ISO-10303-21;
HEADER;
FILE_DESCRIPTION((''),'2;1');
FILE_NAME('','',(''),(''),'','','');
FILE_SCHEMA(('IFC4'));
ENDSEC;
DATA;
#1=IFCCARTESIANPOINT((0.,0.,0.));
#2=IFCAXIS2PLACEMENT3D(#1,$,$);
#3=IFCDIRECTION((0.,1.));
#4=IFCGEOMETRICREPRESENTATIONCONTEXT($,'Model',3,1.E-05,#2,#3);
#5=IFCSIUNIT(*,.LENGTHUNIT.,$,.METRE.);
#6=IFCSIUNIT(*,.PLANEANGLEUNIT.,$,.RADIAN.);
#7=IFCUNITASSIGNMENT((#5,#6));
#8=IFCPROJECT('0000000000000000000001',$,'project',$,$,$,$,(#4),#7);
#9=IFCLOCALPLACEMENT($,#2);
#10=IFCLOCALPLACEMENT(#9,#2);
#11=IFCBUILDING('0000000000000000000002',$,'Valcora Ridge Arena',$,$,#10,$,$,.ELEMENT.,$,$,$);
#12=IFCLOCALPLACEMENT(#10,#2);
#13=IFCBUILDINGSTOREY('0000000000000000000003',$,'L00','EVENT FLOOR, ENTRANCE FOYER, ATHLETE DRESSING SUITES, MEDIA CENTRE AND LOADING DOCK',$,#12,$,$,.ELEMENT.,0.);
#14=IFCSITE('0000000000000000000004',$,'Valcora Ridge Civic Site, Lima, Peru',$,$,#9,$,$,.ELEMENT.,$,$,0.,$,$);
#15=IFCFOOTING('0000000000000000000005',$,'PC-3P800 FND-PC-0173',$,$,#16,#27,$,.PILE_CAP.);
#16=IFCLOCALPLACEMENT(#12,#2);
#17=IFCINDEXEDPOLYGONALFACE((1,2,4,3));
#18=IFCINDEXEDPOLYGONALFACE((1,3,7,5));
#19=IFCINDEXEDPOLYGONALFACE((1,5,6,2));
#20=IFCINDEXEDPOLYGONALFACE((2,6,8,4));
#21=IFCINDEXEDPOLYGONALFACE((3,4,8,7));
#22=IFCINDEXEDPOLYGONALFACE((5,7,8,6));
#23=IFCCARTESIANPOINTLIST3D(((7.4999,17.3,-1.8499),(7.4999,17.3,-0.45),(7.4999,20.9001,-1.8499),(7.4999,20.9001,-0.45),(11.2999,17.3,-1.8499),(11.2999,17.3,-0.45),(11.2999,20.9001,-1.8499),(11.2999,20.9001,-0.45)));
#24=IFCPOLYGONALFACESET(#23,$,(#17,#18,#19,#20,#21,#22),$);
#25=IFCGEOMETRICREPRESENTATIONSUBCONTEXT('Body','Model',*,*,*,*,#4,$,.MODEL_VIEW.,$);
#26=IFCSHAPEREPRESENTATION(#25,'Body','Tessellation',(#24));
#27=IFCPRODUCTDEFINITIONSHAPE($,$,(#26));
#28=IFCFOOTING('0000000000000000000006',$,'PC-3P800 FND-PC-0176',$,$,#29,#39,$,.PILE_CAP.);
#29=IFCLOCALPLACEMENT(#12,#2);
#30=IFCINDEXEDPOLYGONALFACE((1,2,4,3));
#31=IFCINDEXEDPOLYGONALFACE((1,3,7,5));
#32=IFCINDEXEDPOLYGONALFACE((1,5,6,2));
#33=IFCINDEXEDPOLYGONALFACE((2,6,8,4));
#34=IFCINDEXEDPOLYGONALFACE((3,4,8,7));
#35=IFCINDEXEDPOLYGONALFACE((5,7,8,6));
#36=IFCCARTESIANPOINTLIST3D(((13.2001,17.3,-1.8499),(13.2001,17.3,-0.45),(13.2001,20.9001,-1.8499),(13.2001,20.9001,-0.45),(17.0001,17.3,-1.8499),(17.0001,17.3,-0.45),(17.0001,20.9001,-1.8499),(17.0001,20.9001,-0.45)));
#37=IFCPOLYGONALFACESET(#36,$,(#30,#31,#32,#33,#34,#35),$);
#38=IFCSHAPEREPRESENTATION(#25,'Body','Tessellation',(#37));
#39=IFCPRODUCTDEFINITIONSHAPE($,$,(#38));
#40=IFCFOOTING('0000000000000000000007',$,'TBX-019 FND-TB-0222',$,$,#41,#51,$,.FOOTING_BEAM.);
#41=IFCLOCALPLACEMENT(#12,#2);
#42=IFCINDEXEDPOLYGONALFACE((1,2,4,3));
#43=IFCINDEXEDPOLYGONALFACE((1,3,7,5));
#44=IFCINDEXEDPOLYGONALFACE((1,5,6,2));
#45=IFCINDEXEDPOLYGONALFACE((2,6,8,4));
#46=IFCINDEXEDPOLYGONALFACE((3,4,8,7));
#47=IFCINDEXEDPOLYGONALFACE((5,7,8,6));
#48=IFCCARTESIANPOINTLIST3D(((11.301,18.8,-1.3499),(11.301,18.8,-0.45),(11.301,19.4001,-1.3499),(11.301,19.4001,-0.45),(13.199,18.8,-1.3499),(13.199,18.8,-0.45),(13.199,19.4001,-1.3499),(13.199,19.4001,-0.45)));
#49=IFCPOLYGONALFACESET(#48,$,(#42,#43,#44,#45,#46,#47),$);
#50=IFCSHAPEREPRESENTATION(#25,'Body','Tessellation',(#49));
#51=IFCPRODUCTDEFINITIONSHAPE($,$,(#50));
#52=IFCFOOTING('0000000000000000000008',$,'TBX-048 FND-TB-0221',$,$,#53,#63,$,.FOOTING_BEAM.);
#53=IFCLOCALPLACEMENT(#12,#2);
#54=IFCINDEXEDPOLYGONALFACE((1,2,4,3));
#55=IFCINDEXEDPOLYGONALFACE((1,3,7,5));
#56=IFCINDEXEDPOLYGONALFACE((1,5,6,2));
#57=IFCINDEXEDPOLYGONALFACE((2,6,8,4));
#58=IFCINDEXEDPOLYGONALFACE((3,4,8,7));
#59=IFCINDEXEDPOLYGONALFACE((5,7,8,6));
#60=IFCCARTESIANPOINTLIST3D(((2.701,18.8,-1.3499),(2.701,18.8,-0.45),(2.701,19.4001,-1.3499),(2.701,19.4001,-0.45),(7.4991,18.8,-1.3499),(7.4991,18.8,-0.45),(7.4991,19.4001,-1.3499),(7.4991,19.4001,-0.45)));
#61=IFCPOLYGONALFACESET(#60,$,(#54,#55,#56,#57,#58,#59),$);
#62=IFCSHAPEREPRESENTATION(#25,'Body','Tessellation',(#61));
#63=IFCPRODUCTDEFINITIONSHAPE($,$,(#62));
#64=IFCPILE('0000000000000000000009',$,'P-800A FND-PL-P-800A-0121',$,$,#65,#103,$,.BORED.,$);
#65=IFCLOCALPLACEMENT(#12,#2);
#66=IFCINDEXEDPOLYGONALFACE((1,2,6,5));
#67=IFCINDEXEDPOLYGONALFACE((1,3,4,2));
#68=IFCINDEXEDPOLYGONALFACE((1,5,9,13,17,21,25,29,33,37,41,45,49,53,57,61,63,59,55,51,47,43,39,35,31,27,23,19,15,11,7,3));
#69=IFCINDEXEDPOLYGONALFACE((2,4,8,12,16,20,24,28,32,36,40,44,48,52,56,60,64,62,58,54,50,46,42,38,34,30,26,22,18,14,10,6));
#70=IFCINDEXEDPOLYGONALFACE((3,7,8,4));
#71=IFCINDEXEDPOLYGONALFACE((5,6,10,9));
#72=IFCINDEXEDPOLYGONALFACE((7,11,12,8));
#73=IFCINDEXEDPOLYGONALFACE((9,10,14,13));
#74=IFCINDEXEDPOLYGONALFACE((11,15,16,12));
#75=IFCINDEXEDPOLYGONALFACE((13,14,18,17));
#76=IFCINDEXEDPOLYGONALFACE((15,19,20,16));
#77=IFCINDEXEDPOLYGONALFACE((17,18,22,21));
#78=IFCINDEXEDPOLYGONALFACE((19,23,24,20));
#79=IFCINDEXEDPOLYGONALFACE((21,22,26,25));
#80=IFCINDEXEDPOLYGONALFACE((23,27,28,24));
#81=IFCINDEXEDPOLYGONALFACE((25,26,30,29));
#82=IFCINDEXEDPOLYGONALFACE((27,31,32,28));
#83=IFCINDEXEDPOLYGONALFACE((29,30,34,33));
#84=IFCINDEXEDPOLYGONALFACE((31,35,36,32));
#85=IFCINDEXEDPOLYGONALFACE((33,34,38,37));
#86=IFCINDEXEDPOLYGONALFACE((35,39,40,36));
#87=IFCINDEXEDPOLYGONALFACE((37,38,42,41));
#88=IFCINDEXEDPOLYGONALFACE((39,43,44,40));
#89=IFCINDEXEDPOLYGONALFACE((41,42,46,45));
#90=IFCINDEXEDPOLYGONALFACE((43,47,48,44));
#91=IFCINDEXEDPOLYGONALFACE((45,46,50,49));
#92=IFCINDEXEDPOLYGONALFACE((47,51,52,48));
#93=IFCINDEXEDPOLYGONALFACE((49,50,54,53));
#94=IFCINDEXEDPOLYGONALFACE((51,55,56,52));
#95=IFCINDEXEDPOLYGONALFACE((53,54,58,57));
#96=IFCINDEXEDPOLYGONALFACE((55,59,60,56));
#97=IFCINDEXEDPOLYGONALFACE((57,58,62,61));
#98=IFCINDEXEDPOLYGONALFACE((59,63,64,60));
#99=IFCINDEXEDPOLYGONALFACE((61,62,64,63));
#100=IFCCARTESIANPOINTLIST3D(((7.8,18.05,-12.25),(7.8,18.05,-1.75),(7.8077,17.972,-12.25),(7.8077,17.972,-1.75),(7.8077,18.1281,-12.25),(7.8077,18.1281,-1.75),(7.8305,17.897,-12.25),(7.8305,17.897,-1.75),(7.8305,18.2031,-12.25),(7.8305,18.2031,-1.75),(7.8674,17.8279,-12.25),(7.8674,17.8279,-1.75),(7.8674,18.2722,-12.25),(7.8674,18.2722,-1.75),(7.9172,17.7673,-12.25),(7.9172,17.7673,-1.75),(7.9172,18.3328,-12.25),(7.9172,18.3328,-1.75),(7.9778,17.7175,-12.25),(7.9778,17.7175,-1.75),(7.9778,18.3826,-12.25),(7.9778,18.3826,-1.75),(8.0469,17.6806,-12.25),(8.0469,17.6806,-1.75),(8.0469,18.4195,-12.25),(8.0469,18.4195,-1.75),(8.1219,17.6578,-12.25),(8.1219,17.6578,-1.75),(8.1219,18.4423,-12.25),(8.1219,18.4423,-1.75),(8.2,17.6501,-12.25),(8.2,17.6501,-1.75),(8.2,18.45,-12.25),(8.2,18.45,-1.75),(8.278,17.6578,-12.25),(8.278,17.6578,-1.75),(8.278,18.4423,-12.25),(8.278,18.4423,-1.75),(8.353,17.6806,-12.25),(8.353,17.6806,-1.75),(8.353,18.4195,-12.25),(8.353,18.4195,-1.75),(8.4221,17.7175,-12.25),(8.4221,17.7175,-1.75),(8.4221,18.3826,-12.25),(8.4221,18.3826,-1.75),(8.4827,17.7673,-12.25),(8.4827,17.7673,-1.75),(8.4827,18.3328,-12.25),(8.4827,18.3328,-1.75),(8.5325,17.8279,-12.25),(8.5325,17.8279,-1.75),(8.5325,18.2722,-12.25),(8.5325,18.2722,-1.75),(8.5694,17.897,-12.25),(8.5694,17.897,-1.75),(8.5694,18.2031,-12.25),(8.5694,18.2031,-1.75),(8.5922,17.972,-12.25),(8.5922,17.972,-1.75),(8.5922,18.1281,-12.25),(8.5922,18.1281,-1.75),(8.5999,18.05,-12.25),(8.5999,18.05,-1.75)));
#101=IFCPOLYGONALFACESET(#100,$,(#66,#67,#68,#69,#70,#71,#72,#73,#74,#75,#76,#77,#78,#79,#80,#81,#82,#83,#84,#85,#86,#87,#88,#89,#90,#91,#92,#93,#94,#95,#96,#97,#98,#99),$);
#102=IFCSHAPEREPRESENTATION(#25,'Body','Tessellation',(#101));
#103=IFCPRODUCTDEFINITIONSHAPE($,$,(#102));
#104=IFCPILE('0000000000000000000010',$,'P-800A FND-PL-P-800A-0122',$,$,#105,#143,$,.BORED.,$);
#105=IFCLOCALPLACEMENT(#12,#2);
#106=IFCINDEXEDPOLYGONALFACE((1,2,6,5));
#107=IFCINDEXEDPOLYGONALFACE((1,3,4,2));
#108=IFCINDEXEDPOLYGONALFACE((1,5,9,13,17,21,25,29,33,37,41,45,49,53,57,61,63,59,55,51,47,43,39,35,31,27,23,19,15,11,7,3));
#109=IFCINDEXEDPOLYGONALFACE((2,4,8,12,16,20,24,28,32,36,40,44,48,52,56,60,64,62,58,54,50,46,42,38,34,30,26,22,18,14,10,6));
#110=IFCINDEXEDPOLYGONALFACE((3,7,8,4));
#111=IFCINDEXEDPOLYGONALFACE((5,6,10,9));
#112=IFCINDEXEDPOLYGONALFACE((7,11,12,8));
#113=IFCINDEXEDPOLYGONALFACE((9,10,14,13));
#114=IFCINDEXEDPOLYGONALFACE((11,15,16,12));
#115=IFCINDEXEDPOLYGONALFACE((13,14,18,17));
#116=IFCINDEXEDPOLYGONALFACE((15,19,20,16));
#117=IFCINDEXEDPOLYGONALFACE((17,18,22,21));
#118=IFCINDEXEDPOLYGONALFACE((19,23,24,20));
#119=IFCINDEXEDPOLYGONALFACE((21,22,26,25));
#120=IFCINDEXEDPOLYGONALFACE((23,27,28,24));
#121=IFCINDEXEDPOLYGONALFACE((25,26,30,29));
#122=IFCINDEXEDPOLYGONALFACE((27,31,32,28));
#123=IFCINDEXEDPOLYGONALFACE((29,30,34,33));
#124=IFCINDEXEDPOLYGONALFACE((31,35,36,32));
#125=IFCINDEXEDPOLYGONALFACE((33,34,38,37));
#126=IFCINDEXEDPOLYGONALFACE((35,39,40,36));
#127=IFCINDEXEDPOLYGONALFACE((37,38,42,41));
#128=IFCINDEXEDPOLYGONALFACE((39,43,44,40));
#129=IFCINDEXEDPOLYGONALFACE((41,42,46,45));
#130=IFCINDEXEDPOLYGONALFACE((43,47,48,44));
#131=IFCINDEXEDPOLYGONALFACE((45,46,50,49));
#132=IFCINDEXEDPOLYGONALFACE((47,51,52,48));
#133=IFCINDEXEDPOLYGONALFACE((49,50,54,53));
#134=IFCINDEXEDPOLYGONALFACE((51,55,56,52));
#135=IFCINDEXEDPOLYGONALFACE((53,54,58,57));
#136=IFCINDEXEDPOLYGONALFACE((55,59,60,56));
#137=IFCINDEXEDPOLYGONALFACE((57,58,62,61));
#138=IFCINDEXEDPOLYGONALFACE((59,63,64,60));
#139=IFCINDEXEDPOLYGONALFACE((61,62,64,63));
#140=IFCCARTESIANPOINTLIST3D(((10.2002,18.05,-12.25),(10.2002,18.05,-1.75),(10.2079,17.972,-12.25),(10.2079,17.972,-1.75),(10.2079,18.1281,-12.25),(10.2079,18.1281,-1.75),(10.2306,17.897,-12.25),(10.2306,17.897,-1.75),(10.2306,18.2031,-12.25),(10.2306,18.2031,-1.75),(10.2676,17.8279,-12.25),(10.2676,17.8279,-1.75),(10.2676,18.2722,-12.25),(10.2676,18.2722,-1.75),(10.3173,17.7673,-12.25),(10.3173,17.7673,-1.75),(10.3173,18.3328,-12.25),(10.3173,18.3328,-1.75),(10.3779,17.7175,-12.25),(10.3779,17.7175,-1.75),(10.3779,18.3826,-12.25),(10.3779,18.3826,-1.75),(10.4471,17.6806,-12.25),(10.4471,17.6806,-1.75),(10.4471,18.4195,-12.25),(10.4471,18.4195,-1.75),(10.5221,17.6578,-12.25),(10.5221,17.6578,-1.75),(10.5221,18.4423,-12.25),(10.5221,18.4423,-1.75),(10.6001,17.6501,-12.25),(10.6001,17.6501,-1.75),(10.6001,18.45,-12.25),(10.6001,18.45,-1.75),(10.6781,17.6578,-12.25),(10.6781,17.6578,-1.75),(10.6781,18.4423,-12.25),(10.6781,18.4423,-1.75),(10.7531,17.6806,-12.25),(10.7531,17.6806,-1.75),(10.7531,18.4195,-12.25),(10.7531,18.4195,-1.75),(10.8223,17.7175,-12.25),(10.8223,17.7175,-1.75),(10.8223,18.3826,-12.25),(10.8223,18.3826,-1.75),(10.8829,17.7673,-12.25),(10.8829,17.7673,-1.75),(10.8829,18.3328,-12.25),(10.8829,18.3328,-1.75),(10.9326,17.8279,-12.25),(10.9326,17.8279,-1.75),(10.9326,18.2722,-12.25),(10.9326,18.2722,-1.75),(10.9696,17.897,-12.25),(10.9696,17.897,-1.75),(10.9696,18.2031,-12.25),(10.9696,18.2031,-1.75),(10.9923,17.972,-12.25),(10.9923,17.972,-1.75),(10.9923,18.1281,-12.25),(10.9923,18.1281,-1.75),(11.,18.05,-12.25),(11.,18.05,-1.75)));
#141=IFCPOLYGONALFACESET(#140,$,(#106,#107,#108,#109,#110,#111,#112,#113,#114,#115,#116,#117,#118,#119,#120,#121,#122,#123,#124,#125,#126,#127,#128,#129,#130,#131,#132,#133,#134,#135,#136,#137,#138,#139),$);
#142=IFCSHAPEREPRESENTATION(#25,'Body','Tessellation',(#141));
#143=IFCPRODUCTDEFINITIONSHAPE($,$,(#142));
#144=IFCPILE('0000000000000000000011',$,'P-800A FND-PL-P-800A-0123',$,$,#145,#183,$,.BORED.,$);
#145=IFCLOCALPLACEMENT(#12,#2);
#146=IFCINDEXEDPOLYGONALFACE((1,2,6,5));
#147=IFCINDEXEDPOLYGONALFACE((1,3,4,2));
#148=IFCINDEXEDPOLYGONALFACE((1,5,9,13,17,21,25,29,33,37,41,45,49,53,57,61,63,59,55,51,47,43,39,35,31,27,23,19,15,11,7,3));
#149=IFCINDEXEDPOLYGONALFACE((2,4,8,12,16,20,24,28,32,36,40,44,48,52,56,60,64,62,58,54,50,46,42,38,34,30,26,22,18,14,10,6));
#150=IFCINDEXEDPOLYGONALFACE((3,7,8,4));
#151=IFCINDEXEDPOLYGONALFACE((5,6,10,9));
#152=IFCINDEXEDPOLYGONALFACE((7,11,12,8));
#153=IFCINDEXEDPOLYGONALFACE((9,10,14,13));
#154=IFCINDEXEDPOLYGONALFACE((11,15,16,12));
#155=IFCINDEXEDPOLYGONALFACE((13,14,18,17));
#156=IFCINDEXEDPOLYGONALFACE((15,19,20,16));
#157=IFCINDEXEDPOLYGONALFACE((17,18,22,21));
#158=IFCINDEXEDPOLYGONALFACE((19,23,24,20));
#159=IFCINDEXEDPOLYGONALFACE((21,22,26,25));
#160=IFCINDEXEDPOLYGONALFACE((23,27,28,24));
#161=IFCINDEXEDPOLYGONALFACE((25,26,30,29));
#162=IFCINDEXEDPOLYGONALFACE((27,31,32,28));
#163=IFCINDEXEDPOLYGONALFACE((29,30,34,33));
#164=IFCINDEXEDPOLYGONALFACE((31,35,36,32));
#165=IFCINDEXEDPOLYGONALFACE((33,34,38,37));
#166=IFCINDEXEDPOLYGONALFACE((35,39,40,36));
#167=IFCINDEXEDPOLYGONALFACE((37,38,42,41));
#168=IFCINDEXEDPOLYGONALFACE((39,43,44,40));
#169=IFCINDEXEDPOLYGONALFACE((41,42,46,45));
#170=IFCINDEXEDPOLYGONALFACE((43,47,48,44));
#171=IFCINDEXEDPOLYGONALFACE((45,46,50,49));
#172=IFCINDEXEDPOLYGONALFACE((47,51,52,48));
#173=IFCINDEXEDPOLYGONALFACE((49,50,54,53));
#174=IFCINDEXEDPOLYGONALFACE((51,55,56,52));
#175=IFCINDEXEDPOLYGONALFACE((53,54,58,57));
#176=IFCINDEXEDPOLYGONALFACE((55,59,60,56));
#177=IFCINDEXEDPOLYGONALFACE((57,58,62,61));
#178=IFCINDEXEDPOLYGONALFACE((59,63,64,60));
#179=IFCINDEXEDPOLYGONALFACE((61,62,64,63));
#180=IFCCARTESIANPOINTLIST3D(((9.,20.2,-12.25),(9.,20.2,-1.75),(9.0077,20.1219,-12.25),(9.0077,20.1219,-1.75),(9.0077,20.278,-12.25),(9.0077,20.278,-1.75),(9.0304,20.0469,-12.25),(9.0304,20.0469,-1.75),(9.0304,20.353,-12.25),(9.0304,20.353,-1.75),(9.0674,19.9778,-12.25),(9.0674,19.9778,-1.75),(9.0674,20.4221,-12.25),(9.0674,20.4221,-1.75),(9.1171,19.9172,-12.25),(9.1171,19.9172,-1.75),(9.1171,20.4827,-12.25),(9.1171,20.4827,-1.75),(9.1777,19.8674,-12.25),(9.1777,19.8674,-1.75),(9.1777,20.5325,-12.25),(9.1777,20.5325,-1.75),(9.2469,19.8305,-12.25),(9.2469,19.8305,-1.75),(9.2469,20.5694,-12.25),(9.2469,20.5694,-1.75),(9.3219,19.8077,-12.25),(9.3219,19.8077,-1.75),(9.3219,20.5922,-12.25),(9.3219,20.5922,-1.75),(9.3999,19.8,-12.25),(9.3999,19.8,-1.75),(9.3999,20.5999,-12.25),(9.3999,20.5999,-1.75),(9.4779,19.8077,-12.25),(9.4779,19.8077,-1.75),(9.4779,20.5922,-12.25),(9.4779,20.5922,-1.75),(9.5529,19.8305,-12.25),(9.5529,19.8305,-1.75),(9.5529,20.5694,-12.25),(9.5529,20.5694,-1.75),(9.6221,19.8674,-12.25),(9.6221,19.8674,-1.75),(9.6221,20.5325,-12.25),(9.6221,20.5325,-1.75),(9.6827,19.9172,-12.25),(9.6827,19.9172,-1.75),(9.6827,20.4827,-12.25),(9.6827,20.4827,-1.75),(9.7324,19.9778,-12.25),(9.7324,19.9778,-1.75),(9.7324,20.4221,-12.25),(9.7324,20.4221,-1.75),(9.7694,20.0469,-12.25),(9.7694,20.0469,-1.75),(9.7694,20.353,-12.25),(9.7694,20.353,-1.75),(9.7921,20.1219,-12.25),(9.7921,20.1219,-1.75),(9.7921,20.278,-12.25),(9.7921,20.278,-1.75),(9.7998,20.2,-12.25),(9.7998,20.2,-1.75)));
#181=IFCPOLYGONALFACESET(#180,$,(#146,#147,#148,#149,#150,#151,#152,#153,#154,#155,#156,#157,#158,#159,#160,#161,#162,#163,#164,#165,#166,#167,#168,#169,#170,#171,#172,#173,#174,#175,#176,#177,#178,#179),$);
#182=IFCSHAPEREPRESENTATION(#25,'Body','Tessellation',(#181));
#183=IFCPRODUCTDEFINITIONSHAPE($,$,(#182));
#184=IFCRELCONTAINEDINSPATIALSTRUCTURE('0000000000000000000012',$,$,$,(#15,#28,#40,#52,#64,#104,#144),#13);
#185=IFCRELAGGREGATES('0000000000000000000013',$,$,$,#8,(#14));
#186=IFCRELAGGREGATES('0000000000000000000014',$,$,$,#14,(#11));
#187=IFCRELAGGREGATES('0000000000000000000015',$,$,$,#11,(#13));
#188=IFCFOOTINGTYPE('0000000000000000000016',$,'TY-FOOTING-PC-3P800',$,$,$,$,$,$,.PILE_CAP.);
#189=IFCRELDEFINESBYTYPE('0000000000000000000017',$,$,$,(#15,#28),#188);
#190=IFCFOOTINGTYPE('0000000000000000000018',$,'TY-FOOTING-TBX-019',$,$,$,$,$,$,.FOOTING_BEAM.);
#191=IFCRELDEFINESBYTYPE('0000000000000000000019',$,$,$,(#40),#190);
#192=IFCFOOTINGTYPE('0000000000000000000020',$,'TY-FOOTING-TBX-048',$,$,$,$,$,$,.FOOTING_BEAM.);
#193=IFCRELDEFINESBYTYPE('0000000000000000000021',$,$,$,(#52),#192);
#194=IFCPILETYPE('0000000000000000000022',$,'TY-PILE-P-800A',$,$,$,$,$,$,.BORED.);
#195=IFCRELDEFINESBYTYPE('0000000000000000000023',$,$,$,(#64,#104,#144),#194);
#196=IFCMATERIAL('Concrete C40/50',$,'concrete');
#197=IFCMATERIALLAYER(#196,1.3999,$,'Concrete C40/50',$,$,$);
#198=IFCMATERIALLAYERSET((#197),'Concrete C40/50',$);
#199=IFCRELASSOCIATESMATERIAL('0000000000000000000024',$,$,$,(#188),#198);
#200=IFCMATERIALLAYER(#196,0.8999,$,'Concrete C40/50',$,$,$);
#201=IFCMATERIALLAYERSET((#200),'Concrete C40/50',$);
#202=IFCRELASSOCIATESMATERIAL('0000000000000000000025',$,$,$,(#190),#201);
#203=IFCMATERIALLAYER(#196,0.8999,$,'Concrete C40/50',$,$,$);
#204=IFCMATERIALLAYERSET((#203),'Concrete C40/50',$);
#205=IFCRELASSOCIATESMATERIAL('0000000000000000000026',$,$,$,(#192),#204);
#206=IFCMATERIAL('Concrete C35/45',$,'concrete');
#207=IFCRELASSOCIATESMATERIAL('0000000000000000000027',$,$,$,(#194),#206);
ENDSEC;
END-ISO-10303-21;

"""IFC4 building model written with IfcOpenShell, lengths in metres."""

from ifc_helpers import new_model, si_unit, direction, frame, origin, origin_2d, place, context, subcontext, project, spatial, rectangle, circle, extrude, material, layer, layer_set, material_profile, profile_set, type_object, element, save


model = new_model("IFC4")

# Units and contexts
model_context = context("Model", 3, precision=1e-05, world=origin(), true_north=direction((0.0, 1.0)))
body_context = subcontext(model_context, "Body", "Model", "MODEL_VIEW")
ifc_project = project(units=[si_unit("LENGTHUNIT", "METRE"), si_unit("PLANEANGLEUNIT", "RADIAN")], contexts=[model_context])

# Site, building, storey
site_placement = place(None, origin())
site = spatial("IfcSite", under=ifc_project, at=site_placement, Name="Valcora Ridge Civic Site, Lima, Peru", CompositionType="ELEMENT", RefElevation=0.0)
building_placement = place(site_placement, origin())
building = spatial("IfcBuilding", under=site, at=building_placement, Name="Valcora Ridge Arena", CompositionType="ELEMENT")
storey_placement = place(building_placement, origin())
storey = spatial("IfcBuildingStorey", under=building, at=storey_placement, Name="L00", Description="EVENT FLOOR, ENTRANCE FOYER, ATHLETE DRESSING SUITES, MEDIA CENTRE AND LOADING DOCK", CompositionType="ELEMENT", Elevation=0.0)

# Footings
ifc_material_1 = material(Name="Concrete C40/50", Category="concrete")
ifc_layer_1 = layer(ifc_material_1, 1.3999, Name="Concrete C40/50")
ifc_layer_set_1 = layer_set([ifc_layer_1], Name="Concrete C40/50")
footing_type_1 = type_object("IfcFootingType", Name="TY-FOOTING-PC-3P800", PredefinedType="PILE_CAP", material=ifc_layer_set_1)
for number, where, z_axis, x_axis, name in (
    (1, (9.3999, 19.1001, -1.8499), (0.0, 0.0, 1.0), (1.0, 0.0, 0.0), "PC-3P800 FND-PC-0173"),
    (2, (15.1001, 19.1001, -1.8499), (0.0, 0.0, 1.0), (1.0, 0.0, 0.0), "PC-3P800 FND-PC-0176"),
):
    element("IfcFooting", number, at=place(storey_placement, frame(where, z_axis=z_axis, x_axis=x_axis)), inside=storey, type_object=footing_type_1, Name=name, PredefinedType="PILE_CAP", context=body_context, shape_type="SweptSolid", body=[
        extrude(rectangle(XDim=3.8, YDim=3.6001, at=origin_2d()), origin(), (0.0, 0.0, 1.0), 1.3999),
    ])
ifc_layer_2 = layer(ifc_material_1, 0.8999, Name="Concrete C40/50")
ifc_layer_set_2 = layer_set([ifc_layer_2], Name="Concrete C40/50")
footing_type_2 = type_object("IfcFootingType", Name="TY-FOOTING-TBX-019", PredefinedType="FOOTING_BEAM", material=ifc_layer_set_2)
footing_1_placement = place(storey_placement, frame((12.25, 19.1001, -1.3499), z_axis=(0.0, 0.0, 1.0), x_axis=(1.0, 0.0, 0.0)))
element("IfcFooting", 3, at=footing_1_placement, inside=storey, type_object=footing_type_2, Name="TBX-019 FND-TB-0222", PredefinedType="FOOTING_BEAM", context=body_context, shape_type="SweptSolid", body=[
    extrude(rectangle(XDim=1.8979, YDim=0.6001, at=origin_2d()), origin(), (0.0, 0.0, 1.0), 0.8999),
])
ifc_layer_3 = layer(ifc_material_1, 0.8999, Name="Concrete C40/50")
ifc_layer_set_3 = layer_set([ifc_layer_3], Name="Concrete C40/50")
footing_type_3 = type_object("IfcFootingType", Name="TY-FOOTING-TBX-048", PredefinedType="FOOTING_BEAM", material=ifc_layer_set_3)
footing_2_placement = place(storey_placement, frame((5.1001, 19.1001, -1.3499), z_axis=(0.0, 0.0, 1.0), x_axis=(1.0, 0.0, 0.0)))
element("IfcFooting", 4, at=footing_2_placement, inside=storey, type_object=footing_type_3, Name="TBX-048 FND-TB-0221", PredefinedType="FOOTING_BEAM", context=body_context, shape_type="SweptSolid", body=[
    extrude(rectangle(XDim=4.7981, YDim=0.6001, at=origin_2d()), origin(), (0.0, 0.0, 1.0), 0.8999),
])

# Piles
ifc_material_2 = material(Name="Concrete C35/45", Category="concrete")
ifc_material_profile_1 = material_profile(ifc_material_2, circle(Radius=0.3999, at=origin_2d()), Name="BORED PILE D800")
ifc_profile_set_1 = profile_set([ifc_material_profile_1], Name="Concrete C35/45")
pile_type = type_object("IfcPileType", Name="TY-PILE-P-800A", PredefinedType="BORED", material=ifc_profile_set_1)
for number, where, z_axis, x_axis, name in (
    (5, (8.2, 18.05, -1.75), (0.0, 0.0, -1.0), (1.0, 0.0, 0.0), "P-800A FND-PL-P-800A-0121"),
    (6, (10.6001, 18.05, -1.75), (0.0, 0.0, -1.0), (1.0, 0.0, 0.0), "P-800A FND-PL-P-800A-0122"),
    (7, (9.3999, 20.2, -1.75), (0.0, 0.0, -1.0), (1.0, 0.0, 0.0), "P-800A FND-PL-P-800A-0123"),
):
    element("IfcPile", number, at=place(storey_placement, frame(where, z_axis=z_axis, x_axis=x_axis)), inside=storey, type_object=pile_type, Name=name, PredefinedType="BORED", context=body_context, shape_type="SweptSolid", body=[
        extrude(circle(Radius=0.3999, at=origin_2d()), origin(), (0.0, 0.0, 1.0), 10.5),
    ])

save(model, "model.ifc")
